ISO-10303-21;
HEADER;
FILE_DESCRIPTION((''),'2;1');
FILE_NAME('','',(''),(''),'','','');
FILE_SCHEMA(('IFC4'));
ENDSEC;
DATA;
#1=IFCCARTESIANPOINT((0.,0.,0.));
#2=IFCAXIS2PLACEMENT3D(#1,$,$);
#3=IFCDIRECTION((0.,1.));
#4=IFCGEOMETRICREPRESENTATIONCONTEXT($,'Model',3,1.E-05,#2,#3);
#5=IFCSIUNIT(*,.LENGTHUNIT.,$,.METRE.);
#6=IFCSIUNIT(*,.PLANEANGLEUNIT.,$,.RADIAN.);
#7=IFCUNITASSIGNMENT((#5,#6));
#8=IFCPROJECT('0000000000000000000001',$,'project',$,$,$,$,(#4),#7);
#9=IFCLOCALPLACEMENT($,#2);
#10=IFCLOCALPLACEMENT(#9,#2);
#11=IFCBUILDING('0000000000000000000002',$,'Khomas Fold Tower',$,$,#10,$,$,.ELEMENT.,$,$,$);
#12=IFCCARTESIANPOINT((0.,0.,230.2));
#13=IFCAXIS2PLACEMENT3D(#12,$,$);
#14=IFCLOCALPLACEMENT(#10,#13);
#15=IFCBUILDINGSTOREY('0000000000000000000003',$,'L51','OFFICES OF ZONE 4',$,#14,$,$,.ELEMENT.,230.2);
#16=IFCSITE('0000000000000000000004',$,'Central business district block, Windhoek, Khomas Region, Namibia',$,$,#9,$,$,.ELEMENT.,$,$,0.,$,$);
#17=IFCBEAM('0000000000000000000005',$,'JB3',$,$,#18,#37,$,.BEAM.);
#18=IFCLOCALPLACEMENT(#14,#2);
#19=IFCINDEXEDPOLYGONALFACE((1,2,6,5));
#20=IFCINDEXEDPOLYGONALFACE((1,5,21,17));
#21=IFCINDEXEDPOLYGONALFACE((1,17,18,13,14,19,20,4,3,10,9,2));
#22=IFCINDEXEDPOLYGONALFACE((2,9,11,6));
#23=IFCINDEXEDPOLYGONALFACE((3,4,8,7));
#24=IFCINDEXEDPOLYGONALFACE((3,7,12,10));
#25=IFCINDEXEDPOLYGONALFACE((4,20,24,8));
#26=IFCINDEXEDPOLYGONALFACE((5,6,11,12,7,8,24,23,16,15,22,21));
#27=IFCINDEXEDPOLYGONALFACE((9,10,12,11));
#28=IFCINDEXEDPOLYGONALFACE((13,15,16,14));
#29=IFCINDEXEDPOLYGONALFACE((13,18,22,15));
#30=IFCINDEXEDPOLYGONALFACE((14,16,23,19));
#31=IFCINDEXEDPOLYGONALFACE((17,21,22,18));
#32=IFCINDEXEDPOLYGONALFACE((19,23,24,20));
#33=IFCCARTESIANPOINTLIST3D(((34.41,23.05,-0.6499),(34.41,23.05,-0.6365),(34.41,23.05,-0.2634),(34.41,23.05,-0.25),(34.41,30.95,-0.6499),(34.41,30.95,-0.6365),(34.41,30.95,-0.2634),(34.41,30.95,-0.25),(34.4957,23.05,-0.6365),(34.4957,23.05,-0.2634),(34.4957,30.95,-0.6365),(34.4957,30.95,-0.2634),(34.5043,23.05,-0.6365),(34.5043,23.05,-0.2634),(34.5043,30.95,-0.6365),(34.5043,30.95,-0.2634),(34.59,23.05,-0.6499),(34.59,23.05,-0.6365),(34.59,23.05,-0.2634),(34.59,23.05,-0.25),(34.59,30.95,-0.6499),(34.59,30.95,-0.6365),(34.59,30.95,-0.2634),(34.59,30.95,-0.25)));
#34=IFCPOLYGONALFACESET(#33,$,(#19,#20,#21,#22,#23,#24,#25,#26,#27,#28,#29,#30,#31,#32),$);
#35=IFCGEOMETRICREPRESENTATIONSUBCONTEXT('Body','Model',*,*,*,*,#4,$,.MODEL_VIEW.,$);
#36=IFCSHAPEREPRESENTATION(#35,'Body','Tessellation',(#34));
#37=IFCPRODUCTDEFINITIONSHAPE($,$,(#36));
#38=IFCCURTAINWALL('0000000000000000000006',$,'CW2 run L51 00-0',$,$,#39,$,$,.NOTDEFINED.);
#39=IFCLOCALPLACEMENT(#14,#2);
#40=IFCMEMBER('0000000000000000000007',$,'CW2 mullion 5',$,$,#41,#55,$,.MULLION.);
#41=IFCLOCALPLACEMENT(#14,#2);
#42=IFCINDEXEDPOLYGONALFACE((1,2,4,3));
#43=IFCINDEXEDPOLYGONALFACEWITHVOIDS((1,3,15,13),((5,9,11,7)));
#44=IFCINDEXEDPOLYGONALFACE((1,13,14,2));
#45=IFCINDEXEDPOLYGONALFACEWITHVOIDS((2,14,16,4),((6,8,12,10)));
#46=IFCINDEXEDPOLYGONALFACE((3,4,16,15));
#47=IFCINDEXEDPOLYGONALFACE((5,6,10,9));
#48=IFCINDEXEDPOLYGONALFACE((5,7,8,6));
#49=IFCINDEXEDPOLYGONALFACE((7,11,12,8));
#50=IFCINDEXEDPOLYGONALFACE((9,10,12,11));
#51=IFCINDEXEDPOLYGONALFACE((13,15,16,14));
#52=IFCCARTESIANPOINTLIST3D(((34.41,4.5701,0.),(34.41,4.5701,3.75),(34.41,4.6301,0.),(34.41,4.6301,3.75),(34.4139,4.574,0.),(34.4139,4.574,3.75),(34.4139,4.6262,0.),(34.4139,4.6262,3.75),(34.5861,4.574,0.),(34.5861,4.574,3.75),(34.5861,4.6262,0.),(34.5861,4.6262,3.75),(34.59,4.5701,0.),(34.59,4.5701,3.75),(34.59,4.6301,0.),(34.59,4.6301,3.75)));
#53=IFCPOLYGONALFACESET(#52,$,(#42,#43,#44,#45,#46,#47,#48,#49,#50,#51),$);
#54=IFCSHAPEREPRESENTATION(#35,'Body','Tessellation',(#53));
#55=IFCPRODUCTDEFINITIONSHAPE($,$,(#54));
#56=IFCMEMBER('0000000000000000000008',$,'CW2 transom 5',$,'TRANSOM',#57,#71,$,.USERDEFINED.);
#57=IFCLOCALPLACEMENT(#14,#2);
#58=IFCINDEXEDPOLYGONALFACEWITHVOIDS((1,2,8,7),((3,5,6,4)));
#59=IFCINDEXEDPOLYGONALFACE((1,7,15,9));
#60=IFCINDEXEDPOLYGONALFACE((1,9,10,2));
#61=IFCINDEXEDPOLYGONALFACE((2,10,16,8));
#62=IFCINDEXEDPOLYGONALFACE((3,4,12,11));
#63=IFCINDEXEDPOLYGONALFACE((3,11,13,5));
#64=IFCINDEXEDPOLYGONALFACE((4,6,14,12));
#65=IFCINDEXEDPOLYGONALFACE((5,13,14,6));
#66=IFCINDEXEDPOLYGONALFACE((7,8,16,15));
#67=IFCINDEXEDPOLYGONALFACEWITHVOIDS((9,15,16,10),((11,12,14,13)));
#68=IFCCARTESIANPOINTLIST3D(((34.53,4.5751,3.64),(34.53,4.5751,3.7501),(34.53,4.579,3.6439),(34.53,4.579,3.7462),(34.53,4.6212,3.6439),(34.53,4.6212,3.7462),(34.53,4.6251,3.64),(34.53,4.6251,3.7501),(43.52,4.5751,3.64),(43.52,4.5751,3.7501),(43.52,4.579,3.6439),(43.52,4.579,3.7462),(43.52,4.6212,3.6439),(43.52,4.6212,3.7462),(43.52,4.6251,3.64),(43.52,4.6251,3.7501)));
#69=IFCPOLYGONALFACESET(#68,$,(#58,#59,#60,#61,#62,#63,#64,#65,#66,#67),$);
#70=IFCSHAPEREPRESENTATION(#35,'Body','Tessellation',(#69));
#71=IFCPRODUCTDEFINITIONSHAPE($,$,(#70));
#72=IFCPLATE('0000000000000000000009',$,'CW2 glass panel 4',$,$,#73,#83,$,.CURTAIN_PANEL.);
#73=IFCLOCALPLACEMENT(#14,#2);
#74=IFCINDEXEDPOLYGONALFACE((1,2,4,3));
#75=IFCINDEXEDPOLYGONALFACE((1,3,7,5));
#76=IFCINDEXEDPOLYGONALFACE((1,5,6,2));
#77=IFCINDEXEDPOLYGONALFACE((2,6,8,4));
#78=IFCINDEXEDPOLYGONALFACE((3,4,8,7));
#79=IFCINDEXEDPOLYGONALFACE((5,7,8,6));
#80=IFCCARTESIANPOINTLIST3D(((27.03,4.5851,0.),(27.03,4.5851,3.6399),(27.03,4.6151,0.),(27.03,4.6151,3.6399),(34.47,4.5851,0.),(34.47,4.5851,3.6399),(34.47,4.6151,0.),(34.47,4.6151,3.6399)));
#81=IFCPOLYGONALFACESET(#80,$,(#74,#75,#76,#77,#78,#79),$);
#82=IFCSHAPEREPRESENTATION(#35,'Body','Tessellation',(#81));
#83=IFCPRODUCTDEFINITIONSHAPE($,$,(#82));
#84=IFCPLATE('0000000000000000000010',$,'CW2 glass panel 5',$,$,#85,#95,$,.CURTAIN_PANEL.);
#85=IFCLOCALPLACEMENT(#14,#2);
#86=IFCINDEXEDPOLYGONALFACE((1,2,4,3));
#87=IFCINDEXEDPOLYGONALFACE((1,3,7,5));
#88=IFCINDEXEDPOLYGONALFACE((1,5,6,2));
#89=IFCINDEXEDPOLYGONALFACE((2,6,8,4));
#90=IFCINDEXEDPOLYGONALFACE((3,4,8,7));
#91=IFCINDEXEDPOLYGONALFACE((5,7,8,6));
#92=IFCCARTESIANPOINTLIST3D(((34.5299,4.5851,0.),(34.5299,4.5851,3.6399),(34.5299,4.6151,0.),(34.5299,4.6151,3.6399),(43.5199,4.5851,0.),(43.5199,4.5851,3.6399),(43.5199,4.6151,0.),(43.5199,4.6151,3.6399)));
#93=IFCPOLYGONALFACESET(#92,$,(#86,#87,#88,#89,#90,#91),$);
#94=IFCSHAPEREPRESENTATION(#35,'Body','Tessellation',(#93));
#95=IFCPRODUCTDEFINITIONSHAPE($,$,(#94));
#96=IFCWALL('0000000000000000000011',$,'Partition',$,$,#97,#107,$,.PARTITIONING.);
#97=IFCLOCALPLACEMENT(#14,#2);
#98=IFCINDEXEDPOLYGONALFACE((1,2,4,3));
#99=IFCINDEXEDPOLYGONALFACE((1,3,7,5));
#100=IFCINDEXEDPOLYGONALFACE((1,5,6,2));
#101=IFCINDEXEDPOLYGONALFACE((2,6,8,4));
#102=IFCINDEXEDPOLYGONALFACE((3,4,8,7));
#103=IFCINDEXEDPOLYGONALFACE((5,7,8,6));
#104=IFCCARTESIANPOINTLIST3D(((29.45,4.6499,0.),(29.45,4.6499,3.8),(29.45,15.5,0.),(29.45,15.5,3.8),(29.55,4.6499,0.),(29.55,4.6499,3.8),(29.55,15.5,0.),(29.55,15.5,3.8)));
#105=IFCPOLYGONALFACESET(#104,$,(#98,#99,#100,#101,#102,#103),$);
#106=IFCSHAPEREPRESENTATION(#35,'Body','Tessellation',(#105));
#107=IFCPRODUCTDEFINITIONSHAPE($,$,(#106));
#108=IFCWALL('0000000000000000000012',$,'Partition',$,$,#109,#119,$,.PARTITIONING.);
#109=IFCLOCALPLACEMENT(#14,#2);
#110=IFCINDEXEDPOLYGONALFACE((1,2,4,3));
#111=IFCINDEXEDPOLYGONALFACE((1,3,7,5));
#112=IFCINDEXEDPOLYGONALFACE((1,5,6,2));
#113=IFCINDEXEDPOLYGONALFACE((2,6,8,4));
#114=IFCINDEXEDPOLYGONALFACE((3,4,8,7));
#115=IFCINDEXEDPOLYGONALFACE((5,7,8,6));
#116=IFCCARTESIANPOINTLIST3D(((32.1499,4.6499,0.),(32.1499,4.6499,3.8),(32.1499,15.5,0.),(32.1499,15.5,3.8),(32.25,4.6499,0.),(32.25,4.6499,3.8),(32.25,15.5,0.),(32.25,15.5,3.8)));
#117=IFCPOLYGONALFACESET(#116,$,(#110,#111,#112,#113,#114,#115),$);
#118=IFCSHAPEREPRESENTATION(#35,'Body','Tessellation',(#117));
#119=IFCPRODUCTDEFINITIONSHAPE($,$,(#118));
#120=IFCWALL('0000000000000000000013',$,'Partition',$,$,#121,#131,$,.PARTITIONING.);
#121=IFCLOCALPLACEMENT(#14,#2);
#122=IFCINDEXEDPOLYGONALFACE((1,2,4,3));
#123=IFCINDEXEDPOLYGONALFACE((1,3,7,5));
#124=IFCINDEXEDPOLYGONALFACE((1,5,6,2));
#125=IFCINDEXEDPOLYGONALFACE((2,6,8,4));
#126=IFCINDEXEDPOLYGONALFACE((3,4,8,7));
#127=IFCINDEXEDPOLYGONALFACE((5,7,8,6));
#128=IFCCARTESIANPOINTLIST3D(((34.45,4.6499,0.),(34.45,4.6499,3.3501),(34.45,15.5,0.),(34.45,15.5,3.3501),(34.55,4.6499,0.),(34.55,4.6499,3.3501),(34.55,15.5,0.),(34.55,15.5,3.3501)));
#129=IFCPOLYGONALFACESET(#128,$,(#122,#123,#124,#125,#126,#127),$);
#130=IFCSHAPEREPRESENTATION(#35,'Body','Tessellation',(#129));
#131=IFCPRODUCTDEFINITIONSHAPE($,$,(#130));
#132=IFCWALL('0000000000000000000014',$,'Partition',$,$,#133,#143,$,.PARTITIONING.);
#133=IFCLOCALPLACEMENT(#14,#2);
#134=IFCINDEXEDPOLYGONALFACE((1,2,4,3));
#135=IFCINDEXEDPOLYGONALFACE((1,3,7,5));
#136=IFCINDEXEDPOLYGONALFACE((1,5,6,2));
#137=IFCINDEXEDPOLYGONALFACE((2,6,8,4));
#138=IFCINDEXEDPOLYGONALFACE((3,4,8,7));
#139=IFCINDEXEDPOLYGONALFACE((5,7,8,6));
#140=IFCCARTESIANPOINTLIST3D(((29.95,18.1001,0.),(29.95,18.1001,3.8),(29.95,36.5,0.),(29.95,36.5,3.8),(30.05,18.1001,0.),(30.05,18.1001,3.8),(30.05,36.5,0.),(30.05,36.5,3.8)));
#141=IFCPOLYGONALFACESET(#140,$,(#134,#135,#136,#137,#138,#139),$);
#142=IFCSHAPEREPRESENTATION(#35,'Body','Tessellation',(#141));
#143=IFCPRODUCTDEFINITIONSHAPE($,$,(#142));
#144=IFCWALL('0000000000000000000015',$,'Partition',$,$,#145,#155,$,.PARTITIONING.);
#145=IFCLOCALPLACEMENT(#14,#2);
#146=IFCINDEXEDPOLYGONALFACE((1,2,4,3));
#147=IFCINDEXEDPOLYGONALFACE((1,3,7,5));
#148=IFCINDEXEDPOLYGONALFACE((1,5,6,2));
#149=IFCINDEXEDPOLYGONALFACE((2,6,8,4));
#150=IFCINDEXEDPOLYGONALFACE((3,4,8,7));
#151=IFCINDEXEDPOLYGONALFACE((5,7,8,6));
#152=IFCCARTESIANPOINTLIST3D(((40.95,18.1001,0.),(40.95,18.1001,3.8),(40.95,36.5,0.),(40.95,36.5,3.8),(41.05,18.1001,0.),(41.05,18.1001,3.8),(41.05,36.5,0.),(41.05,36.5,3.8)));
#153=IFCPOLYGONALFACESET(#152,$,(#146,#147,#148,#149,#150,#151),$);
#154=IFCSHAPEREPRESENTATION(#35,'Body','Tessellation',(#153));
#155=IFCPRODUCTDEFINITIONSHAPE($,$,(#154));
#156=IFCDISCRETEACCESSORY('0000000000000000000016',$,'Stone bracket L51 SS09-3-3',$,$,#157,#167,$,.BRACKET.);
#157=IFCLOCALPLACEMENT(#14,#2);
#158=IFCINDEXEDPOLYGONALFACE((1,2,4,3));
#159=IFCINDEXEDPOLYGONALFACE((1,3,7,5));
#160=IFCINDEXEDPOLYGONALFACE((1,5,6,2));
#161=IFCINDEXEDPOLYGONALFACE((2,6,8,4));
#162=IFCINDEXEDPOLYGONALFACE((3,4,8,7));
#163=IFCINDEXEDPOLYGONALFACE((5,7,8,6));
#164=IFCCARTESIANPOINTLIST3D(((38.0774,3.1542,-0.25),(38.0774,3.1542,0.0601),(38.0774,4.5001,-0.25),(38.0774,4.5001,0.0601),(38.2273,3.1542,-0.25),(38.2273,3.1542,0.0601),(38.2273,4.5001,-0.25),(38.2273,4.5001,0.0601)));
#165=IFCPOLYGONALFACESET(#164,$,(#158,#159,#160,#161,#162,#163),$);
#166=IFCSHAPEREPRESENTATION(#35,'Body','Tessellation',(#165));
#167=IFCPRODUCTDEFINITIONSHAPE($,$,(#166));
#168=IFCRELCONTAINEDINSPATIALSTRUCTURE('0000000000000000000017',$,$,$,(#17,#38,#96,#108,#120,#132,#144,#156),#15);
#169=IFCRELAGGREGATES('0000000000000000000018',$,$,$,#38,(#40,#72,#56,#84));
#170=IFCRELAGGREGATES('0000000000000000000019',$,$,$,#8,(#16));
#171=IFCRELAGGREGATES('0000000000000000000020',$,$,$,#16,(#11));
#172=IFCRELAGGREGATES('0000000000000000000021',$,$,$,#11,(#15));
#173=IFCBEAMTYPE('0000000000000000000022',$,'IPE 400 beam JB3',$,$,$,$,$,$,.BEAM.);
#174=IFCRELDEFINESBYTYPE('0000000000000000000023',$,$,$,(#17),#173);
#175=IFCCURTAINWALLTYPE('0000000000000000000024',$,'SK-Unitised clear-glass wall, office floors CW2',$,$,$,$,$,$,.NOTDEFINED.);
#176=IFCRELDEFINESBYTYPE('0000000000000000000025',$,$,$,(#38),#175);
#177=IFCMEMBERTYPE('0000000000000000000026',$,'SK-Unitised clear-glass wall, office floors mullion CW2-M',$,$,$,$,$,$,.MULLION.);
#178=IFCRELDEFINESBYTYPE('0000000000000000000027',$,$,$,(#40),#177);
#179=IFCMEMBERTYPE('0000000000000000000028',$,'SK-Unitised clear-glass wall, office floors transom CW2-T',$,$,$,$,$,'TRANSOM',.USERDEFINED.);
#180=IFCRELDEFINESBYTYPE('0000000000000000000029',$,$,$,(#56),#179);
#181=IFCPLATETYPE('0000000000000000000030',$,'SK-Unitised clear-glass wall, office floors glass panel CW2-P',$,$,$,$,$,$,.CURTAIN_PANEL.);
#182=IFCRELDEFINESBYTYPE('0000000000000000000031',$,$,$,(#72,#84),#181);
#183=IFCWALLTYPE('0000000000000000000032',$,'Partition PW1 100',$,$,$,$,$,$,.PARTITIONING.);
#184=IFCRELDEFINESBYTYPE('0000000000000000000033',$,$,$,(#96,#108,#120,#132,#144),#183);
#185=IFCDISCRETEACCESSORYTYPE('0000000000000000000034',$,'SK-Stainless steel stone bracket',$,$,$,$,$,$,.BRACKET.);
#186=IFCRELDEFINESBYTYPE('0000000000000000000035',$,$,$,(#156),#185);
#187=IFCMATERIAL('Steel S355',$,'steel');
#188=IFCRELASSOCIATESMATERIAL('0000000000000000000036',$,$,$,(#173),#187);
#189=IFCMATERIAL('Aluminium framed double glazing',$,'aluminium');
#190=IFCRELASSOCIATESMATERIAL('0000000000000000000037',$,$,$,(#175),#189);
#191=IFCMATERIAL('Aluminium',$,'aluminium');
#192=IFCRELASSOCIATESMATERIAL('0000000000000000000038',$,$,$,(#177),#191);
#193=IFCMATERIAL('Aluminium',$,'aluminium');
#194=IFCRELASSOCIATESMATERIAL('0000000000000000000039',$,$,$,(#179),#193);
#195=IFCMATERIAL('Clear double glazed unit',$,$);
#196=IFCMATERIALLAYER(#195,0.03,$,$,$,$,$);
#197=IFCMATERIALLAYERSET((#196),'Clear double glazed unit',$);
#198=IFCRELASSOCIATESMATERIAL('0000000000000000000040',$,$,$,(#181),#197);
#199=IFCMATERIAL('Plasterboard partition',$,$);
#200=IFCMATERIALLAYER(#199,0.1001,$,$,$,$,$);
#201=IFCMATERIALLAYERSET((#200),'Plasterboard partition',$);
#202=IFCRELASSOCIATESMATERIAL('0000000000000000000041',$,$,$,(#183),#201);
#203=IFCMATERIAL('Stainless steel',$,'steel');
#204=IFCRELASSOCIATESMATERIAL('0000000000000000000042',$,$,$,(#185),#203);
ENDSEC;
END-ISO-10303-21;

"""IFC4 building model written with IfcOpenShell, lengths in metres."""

from ifc_helpers import new_model, si_unit, direction, frame, frame_2d, origin, origin_2d, place, context, subcontext, project, spatial, rectangle, hollow_rectangle, i_section, extrude, source, transform, mapped, material, layer, layer_set, material_profile, profile_set, type_object, element, aggregate, save


model = new_model("IFC4")

# Units and contexts
model_context = context("Model", 3, precision=1e-05, world=origin(), true_north=direction((0.0, 1.0)))
body_context = subcontext(model_context, "Body", "Model", "MODEL_VIEW")
ifc_project = project(units=[si_unit("LENGTHUNIT", "METRE"), si_unit("PLANEANGLEUNIT", "RADIAN")], contexts=[model_context])

# Site, building, storey
site_placement = place(None, origin())
site = spatial("IfcSite", under=ifc_project, at=site_placement, Name="Central business district block, Windhoek, Khomas Region, Namibia", CompositionType="ELEMENT", RefElevation=0.0)
building_placement = place(site_placement, origin())
building = spatial("IfcBuilding", under=site, at=building_placement, Name="Khomas Fold Tower", CompositionType="ELEMENT")
storey_placement = place(building_placement, frame((0.0, 0.0, 230.2)))
storey = spatial("IfcBuildingStorey", under=building, at=storey_placement, Name="L51", Description="OFFICES OF ZONE 4", CompositionType="ELEMENT", Elevation=230.2)

# Beam
ifc_material_1 = material(Name="Steel S355", Category="steel")
ifc_material_profile_1 = material_profile(ifc_material_1, i_section(OverallWidth=0.1799, OverallDepth=0.3999, WebThickness=0.0085, FlangeThickness=0.0134, at=origin_2d()), Name="IPE 400")
ifc_profile_set_1 = profile_set([ifc_material_profile_1], Name="Steel S355")
beam_type_1 = type_object("IfcBeamType", Name="IPE 400 beam JB3", PredefinedType="BEAM", material=ifc_profile_set_1)
shared_shape_1 = source(origin(), body_context, "Body", "SweptSolid", [
    extrude(i_section(OverallWidth=0.1799, OverallDepth=0.3999, WebThickness=0.0085, FlangeThickness=0.0134, at=origin_2d()), origin(), (0.0, 0.0, 1.0), 7.8999),
])
for number, where, z_axis, x_axis, name in (
    (1, (34.5, 23.05, -0.45), (0.0, 1.0, 0.0), (-1.0, 0.0, 0.0), "JB3"),
):
    element("IfcBeam", number, at=place(storey_placement, frame(where, z_axis=z_axis, x_axis=x_axis)), inside=storey, type_object=beam_type_1, Name=name, PredefinedType="BEAM", context=body_context, shape_type="MappedRepresentation", body=[
        mapped(shared_shape_1, transform((0.0, 0.0, 0.0))),
    ])

# Curtain wall, members, plates
ifc_material_2 = material(Name="Aluminium framed double glazing", Category="aluminium")
curtain_wall_type = type_object("IfcCurtainWallType", Name="SK-Unitised clear-glass wall, office floors CW2", PredefinedType="NOTDEFINED", material=ifc_material_2)
curtain_wall_placement = place(storey_placement, origin())
curtain_wall = element("IfcCurtainWall", 2, at=curtain_wall_placement, inside=storey, type_object=curtain_wall_type, Name="CW2 run L51 00-0", PredefinedType="NOTDEFINED")
ifc_material_3 = material(Name="Aluminium", Category="aluminium")
ifc_material_profile_2 = material_profile(ifc_material_3, hollow_rectangle(XDim=0.0601, YDim=0.1799, WallThickness=0.0039, at=origin_2d()), Name="SK-Unitised clear-glass wall, office floors mullion CW2-M")
ifc_profile_set_2 = profile_set([ifc_material_profile_2], Name="Aluminium")
member_type_1 = type_object("IfcMemberType", Name="SK-Unitised clear-glass wall, office floors mullion CW2-M", PredefinedType="MULLION", material=ifc_profile_set_2)
shared_shape_2 = source(origin(), body_context, "Body", "SweptSolid", [
    extrude(hollow_rectangle(XDim=0.0601, YDim=0.1799, WallThickness=0.0039, at=origin_2d()), origin(), (0.0, 0.0, 1.0), 3.75),
])
member_1_placement = place(storey_placement, frame((34.5, 4.6001, 0.0), z_axis=(0.0, 0.0, 1.0), x_axis=(0.0, 1.0, 0.0)))
member_1 = element("IfcMember", 3, at=member_1_placement, type_object=member_type_1, Name="CW2 mullion 5", PredefinedType="MULLION", context=body_context, shape_type="MappedRepresentation", body=[
    mapped(shared_shape_2, transform((0.0, 0.0, 0.0))),
])
ifc_material_4 = material(Name="Aluminium", Category="aluminium")
ifc_material_profile_3 = material_profile(ifc_material_4, hollow_rectangle(XDim=0.05, YDim=0.1101, WallThickness=0.0039, at=origin_2d()), Name="SK-Unitised clear-glass wall, office floors transom CW2-T")
ifc_profile_set_3 = profile_set([ifc_material_profile_3], Name="Aluminium")
member_type_2 = type_object("IfcMemberType", Name="SK-Unitised clear-glass wall, office floors transom CW2-T", ElementType="TRANSOM", PredefinedType="USERDEFINED", material=ifc_profile_set_3)
shared_shape_3 = source(origin(), body_context, "Body", "SweptSolid", [
    extrude(hollow_rectangle(XDim=0.05, YDim=0.1101, WallThickness=0.0039, at=origin_2d()), origin(), (0.0, 0.0, 1.0), 8.99),
])
member_2_placement = place(storey_placement, frame((34.53, 4.6001, 3.6951), z_axis=(1.0, 0.0, 0.0), x_axis=(0.0, 1.0, 0.0)))
member_2 = element("IfcMember", 4, at=member_2_placement, type_object=member_type_2, Name="CW2 transom 5", ObjectType="TRANSOM", PredefinedType="USERDEFINED", context=body_context, shape_type="MappedRepresentation", body=[
    mapped(shared_shape_3, transform((0.0, 0.0, 0.0))),
])
ifc_material_5 = material(Name="Clear double glazed unit")
ifc_layer_1 = layer(ifc_material_5, 0.03)
ifc_layer_set_1 = layer_set([ifc_layer_1], Name="Clear double glazed unit")
plate_type = type_object("IfcPlateType", Name="SK-Unitised clear-glass wall, office floors glass panel CW2-P", PredefinedType="CURTAIN_PANEL", material=ifc_layer_set_1)
shared_shape_4 = source(origin(), body_context, "Body", "SweptSolid", [
    extrude(rectangle(XDim=7.4399, YDim=0.03, at=origin_2d()), origin(), (0.0, 0.0, 1.0), 3.6399),
])
plate_1_placement = place(storey_placement, frame((30.75, 4.6001, 0.0), z_axis=(0.0, 0.0, 1.0), x_axis=(1.0, 0.0, 0.0)))
plate_1 = element("IfcPlate", 5, at=plate_1_placement, type_object=plate_type, Name="CW2 glass panel 4", PredefinedType="CURTAIN_PANEL", context=body_context, shape_type="MappedRepresentation", body=[
    mapped(shared_shape_4, transform((0.0, 0.0, 0.0))),
])
shared_shape_5 = source(origin(), body_context, "Body", "SweptSolid", [
    extrude(rectangle(XDim=8.99, YDim=0.03, at=origin_2d()), origin(), (0.0, 0.0, 1.0), 3.6399),
])
plate_2_placement = place(storey_placement, frame((39.0249, 4.6001, 0.0), z_axis=(0.0, 0.0, 1.0), x_axis=(1.0, 0.0, 0.0)))
plate_2 = element("IfcPlate", 6, at=plate_2_placement, type_object=plate_type, Name="CW2 glass panel 5", PredefinedType="CURTAIN_PANEL", context=body_context, shape_type="MappedRepresentation", body=[
    mapped(shared_shape_5, transform((0.0, 0.0, 0.0))),
])
aggregate(curtain_wall, [member_1, plate_1, member_2, plate_2])

# Walls
ifc_material_6 = material(Name="Plasterboard partition")
ifc_layer_2 = layer(ifc_material_6, 0.1001)
ifc_layer_set_2 = layer_set([ifc_layer_2], Name="Plasterboard partition")
wall_type = type_object("IfcWallType", Name="Partition PW1 100", PredefinedType="PARTITIONING", material=ifc_layer_set_2)
shared_shape_6 = source(origin(), body_context, "Body", "SweptSolid", [
    extrude(rectangle(XDim=10.8501, YDim=0.1001, at=frame_2d((5.425, 0.0))), origin(), (0.0, 0.0, 1.0), 3.8),
])
for number, where, z_axis, x_axis, name in (
    (7, (29.5, 4.6499, 0.0), (0.0, 0.0, 1.0), (0.0, 1.0, 0.0), "Partition"),
    (8, (32.2, 4.6499, 0.0), (0.0, 0.0, 1.0), (0.0, 1.0, 0.0), "Partition"),
):
    element("IfcWall", number, at=place(storey_placement, frame(where, z_axis=z_axis, x_axis=x_axis)), inside=storey, type_object=wall_type, Name=name, PredefinedType="PARTITIONING", context=body_context, shape_type="MappedRepresentation", body=[
        mapped(shared_shape_6, transform((0.0, 0.0, 0.0))),
    ])
shared_shape_7 = source(origin(), body_context, "Body", "SweptSolid", [
    extrude(rectangle(XDim=10.8501, YDim=0.1001, at=frame_2d((5.425, 0.0))), origin(), (0.0, 0.0, 1.0), 3.3501),
])
wall_placement = place(storey_placement, frame((34.5, 4.6499, 0.0), z_axis=(0.0, 0.0, 1.0), x_axis=(0.0, 1.0, 0.0)))
element("IfcWall", 9, at=wall_placement, inside=storey, type_object=wall_type, Name="Partition", PredefinedType="PARTITIONING", context=body_context, shape_type="MappedRepresentation", body=[
    mapped(shared_shape_7, transform((0.0, 0.0, 0.0))),
])
shared_shape_8 = source(origin(), body_context, "Body", "SweptSolid", [
    extrude(rectangle(XDim=18.3999, YDim=0.1001, at=frame_2d((9.2, 0.0))), origin(), (0.0, 0.0, 1.0), 3.8),
])
for number, where, z_axis, x_axis, name in (
    (10, (30.0, 18.1001, 0.0), (0.0, 0.0, 1.0), (0.0, 1.0, 0.0), "Partition"),
    (11, (41.0, 18.1001, 0.0), (0.0, 0.0, 1.0), (0.0, 1.0, 0.0), "Partition"),
):
    element("IfcWall", number, at=place(storey_placement, frame(where, z_axis=z_axis, x_axis=x_axis)), inside=storey, type_object=wall_type, Name=name, PredefinedType="PARTITIONING", context=body_context, shape_type="MappedRepresentation", body=[
        mapped(shared_shape_8, transform((0.0, 0.0, 0.0))),
    ])

# Discrete accessory
ifc_material_7 = material(Name="Stainless steel", Category="steel")
discrete_accessory_type = type_object("IfcDiscreteAccessoryType", Name="SK-Stainless steel stone bracket", PredefinedType="BRACKET", material=ifc_material_7)
shared_shape_9 = source(origin(), body_context, "Body", "SweptSolid", [
    extrude(rectangle(XDim=1.3459, YDim=0.1499, at=origin_2d()), origin(), (0.0, 0.0, 1.0), 0.3101),
])
discrete_accessory_placement = place(storey_placement, frame((38.1523, 3.8271, -0.25), z_axis=(0.0, 0.0, 1.0), x_axis=(0.0, -1.0, 0.0)))
element("IfcDiscreteAccessory", 12, at=discrete_accessory_placement, inside=storey, type_object=discrete_accessory_type, Name="Stone bracket L51 SS09-3-3", PredefinedType="BRACKET", context=body_context, shape_type="MappedRepresentation", body=[
    mapped(shared_shape_9, transform((0.0, 0.0, 0.0))),
])

save(model, "model.ifc")
